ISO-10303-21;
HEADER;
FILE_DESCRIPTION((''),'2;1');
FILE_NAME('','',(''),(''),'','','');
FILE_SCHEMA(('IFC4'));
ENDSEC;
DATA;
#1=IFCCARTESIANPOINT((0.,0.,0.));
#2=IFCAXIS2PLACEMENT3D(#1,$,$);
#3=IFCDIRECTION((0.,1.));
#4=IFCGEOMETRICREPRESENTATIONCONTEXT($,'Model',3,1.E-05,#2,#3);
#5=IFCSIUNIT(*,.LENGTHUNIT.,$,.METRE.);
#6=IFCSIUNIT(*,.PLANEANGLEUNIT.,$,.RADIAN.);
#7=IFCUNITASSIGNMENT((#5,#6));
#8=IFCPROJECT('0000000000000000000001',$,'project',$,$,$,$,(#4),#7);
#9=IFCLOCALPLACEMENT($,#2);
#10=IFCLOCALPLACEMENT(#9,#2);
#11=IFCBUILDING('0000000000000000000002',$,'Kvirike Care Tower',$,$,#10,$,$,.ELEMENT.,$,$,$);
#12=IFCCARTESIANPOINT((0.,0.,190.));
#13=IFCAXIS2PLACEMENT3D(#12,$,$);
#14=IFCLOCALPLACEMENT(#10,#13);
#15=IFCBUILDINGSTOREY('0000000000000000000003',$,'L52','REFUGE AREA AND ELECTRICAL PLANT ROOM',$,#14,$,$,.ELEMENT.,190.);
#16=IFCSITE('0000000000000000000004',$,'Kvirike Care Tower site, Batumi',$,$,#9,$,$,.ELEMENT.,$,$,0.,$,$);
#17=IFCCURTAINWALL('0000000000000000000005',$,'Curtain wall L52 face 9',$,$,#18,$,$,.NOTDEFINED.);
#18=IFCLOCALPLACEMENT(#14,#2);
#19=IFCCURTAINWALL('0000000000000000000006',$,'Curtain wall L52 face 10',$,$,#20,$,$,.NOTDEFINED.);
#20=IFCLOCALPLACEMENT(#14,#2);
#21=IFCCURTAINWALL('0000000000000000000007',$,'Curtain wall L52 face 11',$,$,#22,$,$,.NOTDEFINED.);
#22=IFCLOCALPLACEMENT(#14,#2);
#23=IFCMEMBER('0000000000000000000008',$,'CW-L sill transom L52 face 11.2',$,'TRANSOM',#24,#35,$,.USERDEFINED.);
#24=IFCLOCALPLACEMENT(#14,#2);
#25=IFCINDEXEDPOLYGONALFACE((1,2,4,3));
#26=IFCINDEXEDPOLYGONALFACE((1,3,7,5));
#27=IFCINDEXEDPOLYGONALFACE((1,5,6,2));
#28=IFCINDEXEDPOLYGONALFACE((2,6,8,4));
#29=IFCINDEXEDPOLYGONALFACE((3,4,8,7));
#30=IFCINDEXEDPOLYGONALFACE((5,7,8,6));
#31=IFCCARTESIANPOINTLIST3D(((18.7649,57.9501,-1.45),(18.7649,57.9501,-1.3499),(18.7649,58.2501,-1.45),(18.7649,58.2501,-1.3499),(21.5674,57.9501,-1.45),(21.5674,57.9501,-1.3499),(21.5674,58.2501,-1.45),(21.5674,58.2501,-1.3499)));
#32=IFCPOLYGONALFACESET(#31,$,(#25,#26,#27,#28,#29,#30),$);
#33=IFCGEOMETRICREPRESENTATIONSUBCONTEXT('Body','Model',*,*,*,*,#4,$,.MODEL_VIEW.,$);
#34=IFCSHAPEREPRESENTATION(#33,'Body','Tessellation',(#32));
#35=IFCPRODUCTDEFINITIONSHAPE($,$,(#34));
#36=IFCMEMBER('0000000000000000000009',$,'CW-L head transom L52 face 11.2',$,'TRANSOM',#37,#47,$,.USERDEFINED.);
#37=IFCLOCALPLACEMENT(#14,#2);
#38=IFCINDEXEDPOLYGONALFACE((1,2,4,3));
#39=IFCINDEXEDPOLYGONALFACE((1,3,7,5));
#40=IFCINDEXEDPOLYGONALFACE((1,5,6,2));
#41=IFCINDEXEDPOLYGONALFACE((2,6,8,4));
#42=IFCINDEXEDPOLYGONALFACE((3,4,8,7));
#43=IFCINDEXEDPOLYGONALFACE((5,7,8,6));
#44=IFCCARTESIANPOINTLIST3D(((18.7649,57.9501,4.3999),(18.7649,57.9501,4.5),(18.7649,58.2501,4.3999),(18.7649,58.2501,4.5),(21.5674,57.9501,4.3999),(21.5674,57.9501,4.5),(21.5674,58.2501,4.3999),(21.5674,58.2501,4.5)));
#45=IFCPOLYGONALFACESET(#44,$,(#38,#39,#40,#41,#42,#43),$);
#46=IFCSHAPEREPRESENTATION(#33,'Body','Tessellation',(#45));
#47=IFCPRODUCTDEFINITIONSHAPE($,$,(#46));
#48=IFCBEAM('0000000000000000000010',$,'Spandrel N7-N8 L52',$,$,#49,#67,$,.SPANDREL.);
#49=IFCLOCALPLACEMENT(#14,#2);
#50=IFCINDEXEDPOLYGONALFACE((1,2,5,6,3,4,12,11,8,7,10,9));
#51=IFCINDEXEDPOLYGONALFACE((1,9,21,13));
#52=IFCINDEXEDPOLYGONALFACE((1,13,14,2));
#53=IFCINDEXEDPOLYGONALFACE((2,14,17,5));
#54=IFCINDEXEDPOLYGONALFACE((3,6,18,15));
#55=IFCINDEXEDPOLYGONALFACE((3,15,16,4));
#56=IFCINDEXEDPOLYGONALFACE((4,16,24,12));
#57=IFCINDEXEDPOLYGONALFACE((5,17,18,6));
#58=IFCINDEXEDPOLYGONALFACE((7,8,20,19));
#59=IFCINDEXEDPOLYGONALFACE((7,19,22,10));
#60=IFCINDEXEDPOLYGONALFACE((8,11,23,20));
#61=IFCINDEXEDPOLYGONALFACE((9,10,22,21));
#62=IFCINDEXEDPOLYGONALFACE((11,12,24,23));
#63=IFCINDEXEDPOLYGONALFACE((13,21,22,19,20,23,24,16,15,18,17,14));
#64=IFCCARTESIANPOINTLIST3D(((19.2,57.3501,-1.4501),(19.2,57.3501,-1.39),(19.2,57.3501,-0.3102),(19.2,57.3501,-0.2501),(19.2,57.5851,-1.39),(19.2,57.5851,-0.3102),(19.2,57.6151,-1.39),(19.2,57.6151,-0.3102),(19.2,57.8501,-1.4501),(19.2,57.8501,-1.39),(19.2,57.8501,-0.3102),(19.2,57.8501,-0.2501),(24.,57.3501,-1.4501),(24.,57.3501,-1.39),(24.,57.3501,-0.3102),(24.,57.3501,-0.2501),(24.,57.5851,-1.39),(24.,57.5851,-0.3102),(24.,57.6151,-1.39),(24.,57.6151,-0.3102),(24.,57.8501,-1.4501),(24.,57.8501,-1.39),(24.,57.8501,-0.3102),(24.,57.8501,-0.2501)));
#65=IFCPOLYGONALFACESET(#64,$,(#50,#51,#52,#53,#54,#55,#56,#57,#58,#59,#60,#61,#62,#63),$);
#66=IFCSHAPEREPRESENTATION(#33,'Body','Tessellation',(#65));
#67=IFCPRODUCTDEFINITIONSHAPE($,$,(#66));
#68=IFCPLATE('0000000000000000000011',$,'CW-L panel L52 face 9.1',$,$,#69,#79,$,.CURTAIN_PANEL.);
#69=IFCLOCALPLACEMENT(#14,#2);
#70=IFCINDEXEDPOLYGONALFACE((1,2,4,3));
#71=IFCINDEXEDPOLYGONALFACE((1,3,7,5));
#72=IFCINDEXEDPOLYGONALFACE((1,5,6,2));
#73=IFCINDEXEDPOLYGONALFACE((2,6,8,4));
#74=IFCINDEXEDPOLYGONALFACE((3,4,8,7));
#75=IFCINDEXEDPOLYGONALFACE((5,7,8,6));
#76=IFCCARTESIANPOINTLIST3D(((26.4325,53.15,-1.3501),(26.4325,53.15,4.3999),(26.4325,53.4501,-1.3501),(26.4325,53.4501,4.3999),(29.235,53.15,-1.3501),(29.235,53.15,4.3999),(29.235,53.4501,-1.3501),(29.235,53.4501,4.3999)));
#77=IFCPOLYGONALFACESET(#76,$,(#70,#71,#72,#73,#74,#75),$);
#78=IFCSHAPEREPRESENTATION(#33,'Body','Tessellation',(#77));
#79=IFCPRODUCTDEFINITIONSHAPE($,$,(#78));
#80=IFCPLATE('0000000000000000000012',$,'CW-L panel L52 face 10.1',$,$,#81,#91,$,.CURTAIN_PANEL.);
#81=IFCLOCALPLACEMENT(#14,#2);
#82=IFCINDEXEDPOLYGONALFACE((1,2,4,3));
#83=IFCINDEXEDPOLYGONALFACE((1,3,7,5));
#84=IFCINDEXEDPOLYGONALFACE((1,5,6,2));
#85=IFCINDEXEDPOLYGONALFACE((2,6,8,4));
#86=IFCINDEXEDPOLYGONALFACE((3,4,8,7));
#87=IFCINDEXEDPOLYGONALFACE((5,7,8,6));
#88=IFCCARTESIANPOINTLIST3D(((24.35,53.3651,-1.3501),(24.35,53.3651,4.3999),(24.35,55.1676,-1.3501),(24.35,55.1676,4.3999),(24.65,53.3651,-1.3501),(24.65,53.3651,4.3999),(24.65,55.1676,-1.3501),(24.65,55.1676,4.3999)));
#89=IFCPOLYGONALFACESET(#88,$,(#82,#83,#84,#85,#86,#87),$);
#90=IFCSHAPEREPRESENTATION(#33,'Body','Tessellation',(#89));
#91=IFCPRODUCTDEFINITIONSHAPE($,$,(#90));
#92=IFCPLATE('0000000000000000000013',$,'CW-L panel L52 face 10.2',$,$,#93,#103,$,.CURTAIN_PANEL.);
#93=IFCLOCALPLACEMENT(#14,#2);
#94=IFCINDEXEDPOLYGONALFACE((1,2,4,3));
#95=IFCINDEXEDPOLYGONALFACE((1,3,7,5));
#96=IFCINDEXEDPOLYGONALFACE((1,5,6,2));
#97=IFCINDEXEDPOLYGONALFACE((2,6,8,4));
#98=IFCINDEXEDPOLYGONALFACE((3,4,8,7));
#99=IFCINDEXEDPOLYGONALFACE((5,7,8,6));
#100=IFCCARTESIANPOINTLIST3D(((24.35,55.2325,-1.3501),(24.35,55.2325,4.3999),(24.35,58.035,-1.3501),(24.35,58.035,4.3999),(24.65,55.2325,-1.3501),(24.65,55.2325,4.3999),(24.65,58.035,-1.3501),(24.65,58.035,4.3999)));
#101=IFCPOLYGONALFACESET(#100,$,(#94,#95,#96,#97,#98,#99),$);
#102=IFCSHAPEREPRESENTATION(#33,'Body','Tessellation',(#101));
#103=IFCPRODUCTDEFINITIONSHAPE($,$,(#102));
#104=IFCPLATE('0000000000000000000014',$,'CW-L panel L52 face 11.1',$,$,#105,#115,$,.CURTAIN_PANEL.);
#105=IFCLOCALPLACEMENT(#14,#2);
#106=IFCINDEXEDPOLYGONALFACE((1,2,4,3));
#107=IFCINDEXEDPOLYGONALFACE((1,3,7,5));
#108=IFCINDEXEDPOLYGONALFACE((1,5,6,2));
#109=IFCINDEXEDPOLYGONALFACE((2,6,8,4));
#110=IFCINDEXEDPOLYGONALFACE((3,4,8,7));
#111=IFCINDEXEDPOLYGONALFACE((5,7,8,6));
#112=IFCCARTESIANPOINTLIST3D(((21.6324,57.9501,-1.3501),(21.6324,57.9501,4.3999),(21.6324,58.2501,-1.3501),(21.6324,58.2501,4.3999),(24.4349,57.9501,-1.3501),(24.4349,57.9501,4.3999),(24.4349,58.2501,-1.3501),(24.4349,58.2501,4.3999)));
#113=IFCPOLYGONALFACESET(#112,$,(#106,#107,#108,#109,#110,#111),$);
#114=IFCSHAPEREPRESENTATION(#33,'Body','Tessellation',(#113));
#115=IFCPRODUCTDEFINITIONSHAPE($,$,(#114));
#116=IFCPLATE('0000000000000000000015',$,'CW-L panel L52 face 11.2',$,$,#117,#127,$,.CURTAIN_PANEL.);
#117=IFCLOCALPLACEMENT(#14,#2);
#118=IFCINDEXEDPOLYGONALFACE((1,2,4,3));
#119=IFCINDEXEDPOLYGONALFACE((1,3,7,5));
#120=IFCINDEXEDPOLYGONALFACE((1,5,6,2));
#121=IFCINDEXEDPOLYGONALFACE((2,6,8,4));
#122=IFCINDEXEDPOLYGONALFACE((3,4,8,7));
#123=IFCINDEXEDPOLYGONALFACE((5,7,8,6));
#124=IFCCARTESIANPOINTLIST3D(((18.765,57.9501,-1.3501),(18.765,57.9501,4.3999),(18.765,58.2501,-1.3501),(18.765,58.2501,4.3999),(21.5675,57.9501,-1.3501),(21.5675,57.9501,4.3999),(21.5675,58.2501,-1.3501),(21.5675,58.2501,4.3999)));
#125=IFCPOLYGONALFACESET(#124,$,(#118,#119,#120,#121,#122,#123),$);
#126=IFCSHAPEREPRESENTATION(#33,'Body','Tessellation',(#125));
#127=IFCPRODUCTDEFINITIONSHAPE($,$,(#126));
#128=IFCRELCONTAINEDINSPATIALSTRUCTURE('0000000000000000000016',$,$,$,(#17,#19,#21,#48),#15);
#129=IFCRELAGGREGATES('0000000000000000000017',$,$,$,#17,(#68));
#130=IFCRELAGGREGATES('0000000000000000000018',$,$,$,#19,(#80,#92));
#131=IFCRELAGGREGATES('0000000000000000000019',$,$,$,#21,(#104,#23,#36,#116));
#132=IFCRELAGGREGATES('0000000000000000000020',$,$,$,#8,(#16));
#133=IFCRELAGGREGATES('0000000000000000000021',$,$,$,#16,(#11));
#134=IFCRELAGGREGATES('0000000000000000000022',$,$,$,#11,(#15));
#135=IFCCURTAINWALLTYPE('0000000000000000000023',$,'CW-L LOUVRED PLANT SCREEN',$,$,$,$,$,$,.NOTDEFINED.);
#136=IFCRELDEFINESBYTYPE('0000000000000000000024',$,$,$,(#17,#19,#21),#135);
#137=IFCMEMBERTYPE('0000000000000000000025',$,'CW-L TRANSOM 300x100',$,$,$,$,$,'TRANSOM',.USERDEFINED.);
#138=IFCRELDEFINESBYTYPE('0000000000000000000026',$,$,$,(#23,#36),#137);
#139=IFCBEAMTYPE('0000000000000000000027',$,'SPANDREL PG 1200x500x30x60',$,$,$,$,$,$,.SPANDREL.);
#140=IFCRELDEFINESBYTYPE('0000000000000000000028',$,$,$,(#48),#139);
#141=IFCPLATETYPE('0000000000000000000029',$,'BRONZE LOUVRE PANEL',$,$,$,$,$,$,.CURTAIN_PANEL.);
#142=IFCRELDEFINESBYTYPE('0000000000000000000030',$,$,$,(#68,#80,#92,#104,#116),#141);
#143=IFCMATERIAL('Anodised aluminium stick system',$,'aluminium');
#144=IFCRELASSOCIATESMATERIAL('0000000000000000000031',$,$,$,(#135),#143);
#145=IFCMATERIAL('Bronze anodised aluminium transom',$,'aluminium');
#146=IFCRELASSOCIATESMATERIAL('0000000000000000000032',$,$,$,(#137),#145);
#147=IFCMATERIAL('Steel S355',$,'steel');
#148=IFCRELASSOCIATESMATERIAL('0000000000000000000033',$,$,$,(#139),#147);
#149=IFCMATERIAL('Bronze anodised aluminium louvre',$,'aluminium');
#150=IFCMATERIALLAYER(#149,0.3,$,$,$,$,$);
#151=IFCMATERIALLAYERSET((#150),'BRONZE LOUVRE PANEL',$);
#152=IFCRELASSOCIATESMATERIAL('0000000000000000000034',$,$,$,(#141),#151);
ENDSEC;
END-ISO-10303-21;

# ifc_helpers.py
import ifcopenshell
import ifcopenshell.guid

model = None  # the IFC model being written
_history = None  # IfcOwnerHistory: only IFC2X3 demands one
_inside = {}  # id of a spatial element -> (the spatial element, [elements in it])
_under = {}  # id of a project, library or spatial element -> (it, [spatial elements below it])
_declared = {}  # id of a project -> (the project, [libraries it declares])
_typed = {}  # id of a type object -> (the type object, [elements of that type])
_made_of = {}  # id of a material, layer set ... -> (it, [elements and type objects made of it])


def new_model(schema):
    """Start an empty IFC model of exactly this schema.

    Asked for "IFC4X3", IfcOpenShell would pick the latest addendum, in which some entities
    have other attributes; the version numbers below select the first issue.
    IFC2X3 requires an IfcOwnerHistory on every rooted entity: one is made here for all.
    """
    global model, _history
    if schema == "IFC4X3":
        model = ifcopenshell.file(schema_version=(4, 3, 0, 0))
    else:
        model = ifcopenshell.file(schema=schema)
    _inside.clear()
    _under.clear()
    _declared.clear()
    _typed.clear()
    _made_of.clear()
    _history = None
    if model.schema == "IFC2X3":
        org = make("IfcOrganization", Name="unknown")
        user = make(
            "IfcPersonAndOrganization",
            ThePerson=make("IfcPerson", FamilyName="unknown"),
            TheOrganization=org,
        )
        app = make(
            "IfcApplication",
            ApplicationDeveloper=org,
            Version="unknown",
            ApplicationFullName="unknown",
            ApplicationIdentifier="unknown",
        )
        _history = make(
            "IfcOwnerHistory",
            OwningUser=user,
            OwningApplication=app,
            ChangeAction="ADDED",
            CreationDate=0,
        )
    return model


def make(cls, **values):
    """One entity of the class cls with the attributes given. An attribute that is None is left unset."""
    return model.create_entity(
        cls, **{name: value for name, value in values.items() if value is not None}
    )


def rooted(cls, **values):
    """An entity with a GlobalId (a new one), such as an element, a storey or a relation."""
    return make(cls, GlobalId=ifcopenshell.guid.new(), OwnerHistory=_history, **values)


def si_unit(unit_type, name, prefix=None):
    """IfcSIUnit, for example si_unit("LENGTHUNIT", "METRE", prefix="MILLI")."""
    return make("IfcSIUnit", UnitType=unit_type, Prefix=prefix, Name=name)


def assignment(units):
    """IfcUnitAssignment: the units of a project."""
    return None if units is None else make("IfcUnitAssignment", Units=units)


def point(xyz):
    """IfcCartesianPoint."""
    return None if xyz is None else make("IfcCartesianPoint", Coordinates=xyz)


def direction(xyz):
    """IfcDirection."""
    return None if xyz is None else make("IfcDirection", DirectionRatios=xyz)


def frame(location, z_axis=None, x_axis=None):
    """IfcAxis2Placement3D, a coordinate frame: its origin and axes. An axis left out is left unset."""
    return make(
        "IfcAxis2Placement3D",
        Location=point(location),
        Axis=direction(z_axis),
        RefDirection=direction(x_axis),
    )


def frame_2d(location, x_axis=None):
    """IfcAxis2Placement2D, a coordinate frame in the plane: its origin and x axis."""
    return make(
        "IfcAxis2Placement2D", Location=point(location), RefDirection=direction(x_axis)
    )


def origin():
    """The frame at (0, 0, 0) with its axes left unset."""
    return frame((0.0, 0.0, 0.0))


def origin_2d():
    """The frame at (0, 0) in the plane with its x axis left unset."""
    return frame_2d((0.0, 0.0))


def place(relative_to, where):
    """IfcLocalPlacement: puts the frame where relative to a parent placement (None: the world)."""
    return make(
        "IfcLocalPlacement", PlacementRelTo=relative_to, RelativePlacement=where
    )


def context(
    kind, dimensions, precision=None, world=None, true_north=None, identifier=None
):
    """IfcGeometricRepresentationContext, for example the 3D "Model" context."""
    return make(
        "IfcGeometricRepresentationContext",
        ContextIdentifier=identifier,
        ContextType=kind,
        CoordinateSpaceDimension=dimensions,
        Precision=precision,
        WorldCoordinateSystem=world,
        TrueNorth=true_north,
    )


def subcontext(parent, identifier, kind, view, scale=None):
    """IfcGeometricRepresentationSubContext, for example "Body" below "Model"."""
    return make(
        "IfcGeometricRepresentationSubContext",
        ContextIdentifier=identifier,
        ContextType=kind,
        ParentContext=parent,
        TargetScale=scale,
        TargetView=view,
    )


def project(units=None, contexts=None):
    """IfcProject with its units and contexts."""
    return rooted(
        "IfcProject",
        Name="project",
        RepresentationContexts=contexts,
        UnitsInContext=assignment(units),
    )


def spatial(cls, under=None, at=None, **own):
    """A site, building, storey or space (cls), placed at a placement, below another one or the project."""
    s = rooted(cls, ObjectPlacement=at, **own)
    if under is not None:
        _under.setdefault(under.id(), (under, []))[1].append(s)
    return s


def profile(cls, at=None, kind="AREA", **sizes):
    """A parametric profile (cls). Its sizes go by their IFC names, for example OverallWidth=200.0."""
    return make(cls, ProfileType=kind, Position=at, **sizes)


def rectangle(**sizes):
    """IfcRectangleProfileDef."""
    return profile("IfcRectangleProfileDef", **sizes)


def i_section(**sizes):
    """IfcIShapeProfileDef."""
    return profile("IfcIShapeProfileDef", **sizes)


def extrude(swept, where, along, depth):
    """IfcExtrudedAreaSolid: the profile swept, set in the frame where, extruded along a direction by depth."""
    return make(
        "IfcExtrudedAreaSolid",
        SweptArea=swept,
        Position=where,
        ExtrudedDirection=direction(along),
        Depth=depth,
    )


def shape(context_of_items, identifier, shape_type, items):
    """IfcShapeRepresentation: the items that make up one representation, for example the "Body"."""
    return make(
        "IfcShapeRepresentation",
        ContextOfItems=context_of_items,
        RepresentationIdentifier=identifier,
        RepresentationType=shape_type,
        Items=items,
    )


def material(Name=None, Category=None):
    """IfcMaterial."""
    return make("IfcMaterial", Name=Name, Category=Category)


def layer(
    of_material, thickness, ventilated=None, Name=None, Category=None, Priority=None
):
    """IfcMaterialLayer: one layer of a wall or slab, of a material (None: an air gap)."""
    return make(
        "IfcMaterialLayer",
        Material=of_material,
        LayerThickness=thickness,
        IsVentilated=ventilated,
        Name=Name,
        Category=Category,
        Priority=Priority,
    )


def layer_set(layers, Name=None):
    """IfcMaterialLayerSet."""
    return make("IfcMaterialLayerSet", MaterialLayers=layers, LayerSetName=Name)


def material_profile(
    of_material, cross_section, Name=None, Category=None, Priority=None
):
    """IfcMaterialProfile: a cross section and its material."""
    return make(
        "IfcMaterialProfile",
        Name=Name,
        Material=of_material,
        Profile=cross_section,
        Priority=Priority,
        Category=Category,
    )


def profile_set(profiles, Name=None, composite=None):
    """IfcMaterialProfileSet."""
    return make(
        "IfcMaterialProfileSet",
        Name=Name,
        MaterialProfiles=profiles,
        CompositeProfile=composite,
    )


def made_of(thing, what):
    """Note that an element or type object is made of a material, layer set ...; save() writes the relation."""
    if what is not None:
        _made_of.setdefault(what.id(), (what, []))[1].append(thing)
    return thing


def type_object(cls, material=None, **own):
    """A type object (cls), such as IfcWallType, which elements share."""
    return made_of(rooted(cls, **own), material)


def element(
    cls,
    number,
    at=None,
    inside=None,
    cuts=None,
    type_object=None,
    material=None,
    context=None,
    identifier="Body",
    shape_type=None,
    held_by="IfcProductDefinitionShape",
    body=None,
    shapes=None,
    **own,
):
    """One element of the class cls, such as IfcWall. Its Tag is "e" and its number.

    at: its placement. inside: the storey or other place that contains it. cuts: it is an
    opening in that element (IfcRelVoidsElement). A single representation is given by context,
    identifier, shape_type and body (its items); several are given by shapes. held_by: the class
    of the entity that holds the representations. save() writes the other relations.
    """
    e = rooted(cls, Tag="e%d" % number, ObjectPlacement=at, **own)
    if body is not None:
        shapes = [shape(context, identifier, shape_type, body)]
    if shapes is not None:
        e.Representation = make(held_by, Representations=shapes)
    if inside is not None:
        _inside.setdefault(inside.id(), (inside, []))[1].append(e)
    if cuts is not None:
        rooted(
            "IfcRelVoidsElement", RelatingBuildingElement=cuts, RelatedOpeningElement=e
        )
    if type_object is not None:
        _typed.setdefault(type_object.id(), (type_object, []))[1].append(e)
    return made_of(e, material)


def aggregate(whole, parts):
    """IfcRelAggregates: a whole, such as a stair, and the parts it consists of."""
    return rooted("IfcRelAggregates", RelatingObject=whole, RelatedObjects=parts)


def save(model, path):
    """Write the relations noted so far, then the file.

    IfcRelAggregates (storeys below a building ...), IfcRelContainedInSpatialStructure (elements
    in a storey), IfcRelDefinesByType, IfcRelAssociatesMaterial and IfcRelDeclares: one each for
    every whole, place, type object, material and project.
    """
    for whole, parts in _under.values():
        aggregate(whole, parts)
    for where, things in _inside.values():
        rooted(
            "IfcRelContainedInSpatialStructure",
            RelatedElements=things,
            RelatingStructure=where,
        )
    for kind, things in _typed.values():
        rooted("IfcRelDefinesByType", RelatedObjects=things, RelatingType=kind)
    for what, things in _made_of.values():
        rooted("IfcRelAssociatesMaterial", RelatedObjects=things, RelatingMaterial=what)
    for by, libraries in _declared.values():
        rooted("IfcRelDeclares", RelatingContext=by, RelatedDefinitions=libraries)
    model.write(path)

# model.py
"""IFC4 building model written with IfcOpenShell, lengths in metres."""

from ifc_helpers import new_model, si_unit, direction, frame, origin, origin_2d, place, context, subcontext, project, spatial, rectangle, i_section, extrude, material, layer, layer_set, material_profile, profile_set, type_object, element, aggregate, save


model = new_model("IFC4")

# Units and contexts
model_context = context("Model", 3, precision=1e-05, world=origin(), true_north=direction((0.0, 1.0)))
body_context = subcontext(model_context, "Body", "Model", "MODEL_VIEW")
ifc_project = project(units=[si_unit("LENGTHUNIT", "METRE"), si_unit("PLANEANGLEUNIT", "RADIAN")], contexts=[model_context])

# Site, building, storey
site_placement = place(None, origin())
site = spatial("IfcSite", under=ifc_project, at=site_placement, Name="Kvirike Care Tower site, Batumi", CompositionType="ELEMENT", RefElevation=0.0)
building_placement = place(site_placement, origin())
building = spatial("IfcBuilding", under=site, at=building_placement, Name="Kvirike Care Tower", CompositionType="ELEMENT")
storey_placement = place(building_placement, frame((0.0, 0.0, 190.0)))
storey = spatial("IfcBuildingStorey", under=building, at=storey_placement, Name="L52", Description="REFUGE AREA AND ELECTRICAL PLANT ROOM", CompositionType="ELEMENT", Elevation=190.0)

# Curtain walls
ifc_material_1 = material(Name="Anodised aluminium stick system", Category="aluminium")
curtain_wall_type = type_object("IfcCurtainWallType", Name="CW-L LOUVRED PLANT SCREEN", PredefinedType="NOTDEFINED", material=ifc_material_1)
curtain_wall_1_placement = place(storey_placement, origin())
curtain_wall_1 = element("IfcCurtainWall", 1, at=curtain_wall_1_placement, inside=storey, type_object=curtain_wall_type, Name="Curtain wall L52 face 9", PredefinedType="NOTDEFINED")
curtain_wall_2_placement = place(storey_placement, origin())
curtain_wall_2 = element("IfcCurtainWall", 2, at=curtain_wall_2_placement, inside=storey, type_object=curtain_wall_type, Name="Curtain wall L52 face 10", PredefinedType="NOTDEFINED")

# Curtain wall
curtain_wall_3_placement = place(storey_placement, origin())
curtain_wall_3 = element("IfcCurtainWall", 3, at=curtain_wall_3_placement, inside=storey, type_object=curtain_wall_type, Name="Curtain wall L52 face 11", PredefinedType="NOTDEFINED")

# Members
ifc_material_2 = material(Name="Bronze anodised aluminium transom", Category="aluminium")
ifc_material_profile_1 = material_profile(ifc_material_2, rectangle(XDim=0.3, YDim=0.1001, at=origin_2d()), Name="CW-L TRANSOM 300x100")
ifc_profile_set_1 = profile_set([ifc_material_profile_1], Name="Bronze anodised aluminium transom")
member_type_1 = type_object("IfcMemberType", Name="CW-L TRANSOM 300x100", ElementType="TRANSOM", PredefinedType="USERDEFINED", material=ifc_profile_set_1)
member_1_placement = place(storey_placement, frame((21.5674, 58.1001, -1.3999), z_axis=(-1.0, 0.0, 0.0), x_axis=(0.0, -1.0, 0.0)))
member_1 = element("IfcMember", 4, at=member_1_placement, type_object=member_type_1, Name="CW-L sill transom L52 face 11.2", ObjectType="TRANSOM", PredefinedType="USERDEFINED", context=body_context, shape_type="SweptSolid", body=[
    extrude(rectangle(XDim=0.3, YDim=0.1001, at=origin_2d()), origin(), (0.0, 0.0, 1.0), 2.8025),
])
member_2_placement = place(storey_placement, frame((21.5674, 58.1001, 4.45), z_axis=(-1.0, 0.0, 0.0), x_axis=(0.0, -1.0, 0.0)))
member_2 = element("IfcMember", 5, at=member_2_placement, type_object=member_type_1, Name="CW-L head transom L52 face 11.2", ObjectType="TRANSOM", PredefinedType="USERDEFINED", context=body_context, shape_type="SweptSolid", body=[
    extrude(rectangle(XDim=0.3, YDim=0.1001, at=origin_2d()), origin(), (0.0, 0.0, 1.0), 2.8025),
])

# Beam
ifc_material_3 = material(Name="Steel S355", Category="steel")
ifc_material_profile_2 = material_profile(ifc_material_3, i_section(OverallWidth=0.5, OverallDepth=1.2, WebThickness=0.03, FlangeThickness=0.0601, at=origin_2d()), Name="PG 1200x500x30x60")
ifc_profile_set_2 = profile_set([ifc_material_profile_2], Name="Steel S355")
beam_type = type_object("IfcBeamType", Name="SPANDREL PG 1200x500x30x60", PredefinedType="SPANDREL", material=ifc_profile_set_2)
beam_placement = place(storey_placement, frame((19.2, 57.6001, -0.8501), z_axis=(1.0, 0.0, 0.0), x_axis=(0.0, 1.0, 0.0)))
element("IfcBeam", 6, at=beam_placement, inside=storey, type_object=beam_type, Name="Spandrel N7-N8 L52", PredefinedType="SPANDREL", context=body_context, shape_type="SweptSolid", body=[
    extrude(i_section(OverallWidth=0.5, OverallDepth=1.2, WebThickness=0.03, FlangeThickness=0.0601, at=origin_2d()), origin(), (0.0, 0.0, 1.0), 4.8),
])

# Plates
ifc_material_4 = material(Name="Bronze anodised aluminium louvre", Category="aluminium")
ifc_layer = layer(ifc_material_4, 0.3)
ifc_layer_set = layer_set([ifc_layer], Name="BRONZE LOUVRE PANEL")
plate_type = type_object("IfcPlateType", Name="BRONZE LOUVRE PANEL", PredefinedType="CURTAIN_PANEL", material=ifc_layer_set)
plate_1_placement = place(storey_placement, frame((27.8337, 53.3, -1.3501), z_axis=(0.0, 0.0, 1.0), x_axis=(-1.0, 0.0, 0.0)))
plate_1 = element("IfcPlate", 7, at=plate_1_placement, type_object=plate_type, Name="CW-L panel L52 face 9.1", PredefinedType="CURTAIN_PANEL", context=body_context, shape_type="SweptSolid", body=[
    extrude(rectangle(XDim=2.8025, YDim=0.3, at=origin_2d()), origin(), (0.0, 0.0, 1.0), 5.75),
])
aggregate(curtain_wall_1, [plate_1])
plate_2_placement = place(storey_placement, frame((24.5, 54.2664, -1.3501), z_axis=(0.0, 0.0, 1.0), x_axis=(0.0, 1.0, 0.0)))
plate_2 = element("IfcPlate", 8, at=plate_2_placement, type_object=plate_type, Name="CW-L panel L52 face 10.1", PredefinedType="CURTAIN_PANEL", context=body_context, shape_type="SweptSolid", body=[
    extrude(rectangle(XDim=1.8025, YDim=0.3, at=origin_2d()), origin(), (0.0, 0.0, 1.0), 5.75),
])
plate_3_placement = place(storey_placement, frame((24.5, 56.6338, -1.3501), z_axis=(0.0, 0.0, 1.0), x_axis=(0.0, 1.0, 0.0)))
plate_3 = element("IfcPlate", 9, at=plate_3_placement, type_object=plate_type, Name="CW-L panel L52 face 10.2", PredefinedType="CURTAIN_PANEL", context=body_context, shape_type="SweptSolid", body=[
    extrude(rectangle(XDim=2.8025, YDim=0.3, at=origin_2d()), origin(), (0.0, 0.0, 1.0), 5.75),
])
aggregate(curtain_wall_2, [plate_2, plate_3])
plate_4_placement = place(storey_placement, frame((23.0337, 58.1001, -1.3501), z_axis=(0.0, 0.0, 1.0), x_axis=(-1.0, 0.0, 0.0)))
plate_4 = element("IfcPlate", 10, at=plate_4_placement, type_object=plate_type, Name="CW-L panel L52 face 11.1", PredefinedType="CURTAIN_PANEL", context=body_context, shape_type="SweptSolid", body=[
    extrude(rectangle(XDim=2.8025, YDim=0.3, at=origin_2d()), origin(), (0.0, 0.0, 1.0), 5.75),
])
plate_5_placement = place(storey_placement, frame((20.1663, 58.1001, -1.3501), z_axis=(0.0, 0.0, 1.0), x_axis=(-1.0, 0.0, 0.0)))
plate_5 = element("IfcPlate", 11, at=plate_5_placement, type_object=plate_type, Name="CW-L panel L52 face 11.2", PredefinedType="CURTAIN_PANEL", context=body_context, shape_type="SweptSolid", body=[
    extrude(rectangle(XDim=2.8025, YDim=0.3, at=origin_2d()), origin(), (0.0, 0.0, 1.0), 5.75),
])
aggregate(curtain_wall_3, [plate_4, member_1, member_2, plate_5])

save(model, "model.ifc")
